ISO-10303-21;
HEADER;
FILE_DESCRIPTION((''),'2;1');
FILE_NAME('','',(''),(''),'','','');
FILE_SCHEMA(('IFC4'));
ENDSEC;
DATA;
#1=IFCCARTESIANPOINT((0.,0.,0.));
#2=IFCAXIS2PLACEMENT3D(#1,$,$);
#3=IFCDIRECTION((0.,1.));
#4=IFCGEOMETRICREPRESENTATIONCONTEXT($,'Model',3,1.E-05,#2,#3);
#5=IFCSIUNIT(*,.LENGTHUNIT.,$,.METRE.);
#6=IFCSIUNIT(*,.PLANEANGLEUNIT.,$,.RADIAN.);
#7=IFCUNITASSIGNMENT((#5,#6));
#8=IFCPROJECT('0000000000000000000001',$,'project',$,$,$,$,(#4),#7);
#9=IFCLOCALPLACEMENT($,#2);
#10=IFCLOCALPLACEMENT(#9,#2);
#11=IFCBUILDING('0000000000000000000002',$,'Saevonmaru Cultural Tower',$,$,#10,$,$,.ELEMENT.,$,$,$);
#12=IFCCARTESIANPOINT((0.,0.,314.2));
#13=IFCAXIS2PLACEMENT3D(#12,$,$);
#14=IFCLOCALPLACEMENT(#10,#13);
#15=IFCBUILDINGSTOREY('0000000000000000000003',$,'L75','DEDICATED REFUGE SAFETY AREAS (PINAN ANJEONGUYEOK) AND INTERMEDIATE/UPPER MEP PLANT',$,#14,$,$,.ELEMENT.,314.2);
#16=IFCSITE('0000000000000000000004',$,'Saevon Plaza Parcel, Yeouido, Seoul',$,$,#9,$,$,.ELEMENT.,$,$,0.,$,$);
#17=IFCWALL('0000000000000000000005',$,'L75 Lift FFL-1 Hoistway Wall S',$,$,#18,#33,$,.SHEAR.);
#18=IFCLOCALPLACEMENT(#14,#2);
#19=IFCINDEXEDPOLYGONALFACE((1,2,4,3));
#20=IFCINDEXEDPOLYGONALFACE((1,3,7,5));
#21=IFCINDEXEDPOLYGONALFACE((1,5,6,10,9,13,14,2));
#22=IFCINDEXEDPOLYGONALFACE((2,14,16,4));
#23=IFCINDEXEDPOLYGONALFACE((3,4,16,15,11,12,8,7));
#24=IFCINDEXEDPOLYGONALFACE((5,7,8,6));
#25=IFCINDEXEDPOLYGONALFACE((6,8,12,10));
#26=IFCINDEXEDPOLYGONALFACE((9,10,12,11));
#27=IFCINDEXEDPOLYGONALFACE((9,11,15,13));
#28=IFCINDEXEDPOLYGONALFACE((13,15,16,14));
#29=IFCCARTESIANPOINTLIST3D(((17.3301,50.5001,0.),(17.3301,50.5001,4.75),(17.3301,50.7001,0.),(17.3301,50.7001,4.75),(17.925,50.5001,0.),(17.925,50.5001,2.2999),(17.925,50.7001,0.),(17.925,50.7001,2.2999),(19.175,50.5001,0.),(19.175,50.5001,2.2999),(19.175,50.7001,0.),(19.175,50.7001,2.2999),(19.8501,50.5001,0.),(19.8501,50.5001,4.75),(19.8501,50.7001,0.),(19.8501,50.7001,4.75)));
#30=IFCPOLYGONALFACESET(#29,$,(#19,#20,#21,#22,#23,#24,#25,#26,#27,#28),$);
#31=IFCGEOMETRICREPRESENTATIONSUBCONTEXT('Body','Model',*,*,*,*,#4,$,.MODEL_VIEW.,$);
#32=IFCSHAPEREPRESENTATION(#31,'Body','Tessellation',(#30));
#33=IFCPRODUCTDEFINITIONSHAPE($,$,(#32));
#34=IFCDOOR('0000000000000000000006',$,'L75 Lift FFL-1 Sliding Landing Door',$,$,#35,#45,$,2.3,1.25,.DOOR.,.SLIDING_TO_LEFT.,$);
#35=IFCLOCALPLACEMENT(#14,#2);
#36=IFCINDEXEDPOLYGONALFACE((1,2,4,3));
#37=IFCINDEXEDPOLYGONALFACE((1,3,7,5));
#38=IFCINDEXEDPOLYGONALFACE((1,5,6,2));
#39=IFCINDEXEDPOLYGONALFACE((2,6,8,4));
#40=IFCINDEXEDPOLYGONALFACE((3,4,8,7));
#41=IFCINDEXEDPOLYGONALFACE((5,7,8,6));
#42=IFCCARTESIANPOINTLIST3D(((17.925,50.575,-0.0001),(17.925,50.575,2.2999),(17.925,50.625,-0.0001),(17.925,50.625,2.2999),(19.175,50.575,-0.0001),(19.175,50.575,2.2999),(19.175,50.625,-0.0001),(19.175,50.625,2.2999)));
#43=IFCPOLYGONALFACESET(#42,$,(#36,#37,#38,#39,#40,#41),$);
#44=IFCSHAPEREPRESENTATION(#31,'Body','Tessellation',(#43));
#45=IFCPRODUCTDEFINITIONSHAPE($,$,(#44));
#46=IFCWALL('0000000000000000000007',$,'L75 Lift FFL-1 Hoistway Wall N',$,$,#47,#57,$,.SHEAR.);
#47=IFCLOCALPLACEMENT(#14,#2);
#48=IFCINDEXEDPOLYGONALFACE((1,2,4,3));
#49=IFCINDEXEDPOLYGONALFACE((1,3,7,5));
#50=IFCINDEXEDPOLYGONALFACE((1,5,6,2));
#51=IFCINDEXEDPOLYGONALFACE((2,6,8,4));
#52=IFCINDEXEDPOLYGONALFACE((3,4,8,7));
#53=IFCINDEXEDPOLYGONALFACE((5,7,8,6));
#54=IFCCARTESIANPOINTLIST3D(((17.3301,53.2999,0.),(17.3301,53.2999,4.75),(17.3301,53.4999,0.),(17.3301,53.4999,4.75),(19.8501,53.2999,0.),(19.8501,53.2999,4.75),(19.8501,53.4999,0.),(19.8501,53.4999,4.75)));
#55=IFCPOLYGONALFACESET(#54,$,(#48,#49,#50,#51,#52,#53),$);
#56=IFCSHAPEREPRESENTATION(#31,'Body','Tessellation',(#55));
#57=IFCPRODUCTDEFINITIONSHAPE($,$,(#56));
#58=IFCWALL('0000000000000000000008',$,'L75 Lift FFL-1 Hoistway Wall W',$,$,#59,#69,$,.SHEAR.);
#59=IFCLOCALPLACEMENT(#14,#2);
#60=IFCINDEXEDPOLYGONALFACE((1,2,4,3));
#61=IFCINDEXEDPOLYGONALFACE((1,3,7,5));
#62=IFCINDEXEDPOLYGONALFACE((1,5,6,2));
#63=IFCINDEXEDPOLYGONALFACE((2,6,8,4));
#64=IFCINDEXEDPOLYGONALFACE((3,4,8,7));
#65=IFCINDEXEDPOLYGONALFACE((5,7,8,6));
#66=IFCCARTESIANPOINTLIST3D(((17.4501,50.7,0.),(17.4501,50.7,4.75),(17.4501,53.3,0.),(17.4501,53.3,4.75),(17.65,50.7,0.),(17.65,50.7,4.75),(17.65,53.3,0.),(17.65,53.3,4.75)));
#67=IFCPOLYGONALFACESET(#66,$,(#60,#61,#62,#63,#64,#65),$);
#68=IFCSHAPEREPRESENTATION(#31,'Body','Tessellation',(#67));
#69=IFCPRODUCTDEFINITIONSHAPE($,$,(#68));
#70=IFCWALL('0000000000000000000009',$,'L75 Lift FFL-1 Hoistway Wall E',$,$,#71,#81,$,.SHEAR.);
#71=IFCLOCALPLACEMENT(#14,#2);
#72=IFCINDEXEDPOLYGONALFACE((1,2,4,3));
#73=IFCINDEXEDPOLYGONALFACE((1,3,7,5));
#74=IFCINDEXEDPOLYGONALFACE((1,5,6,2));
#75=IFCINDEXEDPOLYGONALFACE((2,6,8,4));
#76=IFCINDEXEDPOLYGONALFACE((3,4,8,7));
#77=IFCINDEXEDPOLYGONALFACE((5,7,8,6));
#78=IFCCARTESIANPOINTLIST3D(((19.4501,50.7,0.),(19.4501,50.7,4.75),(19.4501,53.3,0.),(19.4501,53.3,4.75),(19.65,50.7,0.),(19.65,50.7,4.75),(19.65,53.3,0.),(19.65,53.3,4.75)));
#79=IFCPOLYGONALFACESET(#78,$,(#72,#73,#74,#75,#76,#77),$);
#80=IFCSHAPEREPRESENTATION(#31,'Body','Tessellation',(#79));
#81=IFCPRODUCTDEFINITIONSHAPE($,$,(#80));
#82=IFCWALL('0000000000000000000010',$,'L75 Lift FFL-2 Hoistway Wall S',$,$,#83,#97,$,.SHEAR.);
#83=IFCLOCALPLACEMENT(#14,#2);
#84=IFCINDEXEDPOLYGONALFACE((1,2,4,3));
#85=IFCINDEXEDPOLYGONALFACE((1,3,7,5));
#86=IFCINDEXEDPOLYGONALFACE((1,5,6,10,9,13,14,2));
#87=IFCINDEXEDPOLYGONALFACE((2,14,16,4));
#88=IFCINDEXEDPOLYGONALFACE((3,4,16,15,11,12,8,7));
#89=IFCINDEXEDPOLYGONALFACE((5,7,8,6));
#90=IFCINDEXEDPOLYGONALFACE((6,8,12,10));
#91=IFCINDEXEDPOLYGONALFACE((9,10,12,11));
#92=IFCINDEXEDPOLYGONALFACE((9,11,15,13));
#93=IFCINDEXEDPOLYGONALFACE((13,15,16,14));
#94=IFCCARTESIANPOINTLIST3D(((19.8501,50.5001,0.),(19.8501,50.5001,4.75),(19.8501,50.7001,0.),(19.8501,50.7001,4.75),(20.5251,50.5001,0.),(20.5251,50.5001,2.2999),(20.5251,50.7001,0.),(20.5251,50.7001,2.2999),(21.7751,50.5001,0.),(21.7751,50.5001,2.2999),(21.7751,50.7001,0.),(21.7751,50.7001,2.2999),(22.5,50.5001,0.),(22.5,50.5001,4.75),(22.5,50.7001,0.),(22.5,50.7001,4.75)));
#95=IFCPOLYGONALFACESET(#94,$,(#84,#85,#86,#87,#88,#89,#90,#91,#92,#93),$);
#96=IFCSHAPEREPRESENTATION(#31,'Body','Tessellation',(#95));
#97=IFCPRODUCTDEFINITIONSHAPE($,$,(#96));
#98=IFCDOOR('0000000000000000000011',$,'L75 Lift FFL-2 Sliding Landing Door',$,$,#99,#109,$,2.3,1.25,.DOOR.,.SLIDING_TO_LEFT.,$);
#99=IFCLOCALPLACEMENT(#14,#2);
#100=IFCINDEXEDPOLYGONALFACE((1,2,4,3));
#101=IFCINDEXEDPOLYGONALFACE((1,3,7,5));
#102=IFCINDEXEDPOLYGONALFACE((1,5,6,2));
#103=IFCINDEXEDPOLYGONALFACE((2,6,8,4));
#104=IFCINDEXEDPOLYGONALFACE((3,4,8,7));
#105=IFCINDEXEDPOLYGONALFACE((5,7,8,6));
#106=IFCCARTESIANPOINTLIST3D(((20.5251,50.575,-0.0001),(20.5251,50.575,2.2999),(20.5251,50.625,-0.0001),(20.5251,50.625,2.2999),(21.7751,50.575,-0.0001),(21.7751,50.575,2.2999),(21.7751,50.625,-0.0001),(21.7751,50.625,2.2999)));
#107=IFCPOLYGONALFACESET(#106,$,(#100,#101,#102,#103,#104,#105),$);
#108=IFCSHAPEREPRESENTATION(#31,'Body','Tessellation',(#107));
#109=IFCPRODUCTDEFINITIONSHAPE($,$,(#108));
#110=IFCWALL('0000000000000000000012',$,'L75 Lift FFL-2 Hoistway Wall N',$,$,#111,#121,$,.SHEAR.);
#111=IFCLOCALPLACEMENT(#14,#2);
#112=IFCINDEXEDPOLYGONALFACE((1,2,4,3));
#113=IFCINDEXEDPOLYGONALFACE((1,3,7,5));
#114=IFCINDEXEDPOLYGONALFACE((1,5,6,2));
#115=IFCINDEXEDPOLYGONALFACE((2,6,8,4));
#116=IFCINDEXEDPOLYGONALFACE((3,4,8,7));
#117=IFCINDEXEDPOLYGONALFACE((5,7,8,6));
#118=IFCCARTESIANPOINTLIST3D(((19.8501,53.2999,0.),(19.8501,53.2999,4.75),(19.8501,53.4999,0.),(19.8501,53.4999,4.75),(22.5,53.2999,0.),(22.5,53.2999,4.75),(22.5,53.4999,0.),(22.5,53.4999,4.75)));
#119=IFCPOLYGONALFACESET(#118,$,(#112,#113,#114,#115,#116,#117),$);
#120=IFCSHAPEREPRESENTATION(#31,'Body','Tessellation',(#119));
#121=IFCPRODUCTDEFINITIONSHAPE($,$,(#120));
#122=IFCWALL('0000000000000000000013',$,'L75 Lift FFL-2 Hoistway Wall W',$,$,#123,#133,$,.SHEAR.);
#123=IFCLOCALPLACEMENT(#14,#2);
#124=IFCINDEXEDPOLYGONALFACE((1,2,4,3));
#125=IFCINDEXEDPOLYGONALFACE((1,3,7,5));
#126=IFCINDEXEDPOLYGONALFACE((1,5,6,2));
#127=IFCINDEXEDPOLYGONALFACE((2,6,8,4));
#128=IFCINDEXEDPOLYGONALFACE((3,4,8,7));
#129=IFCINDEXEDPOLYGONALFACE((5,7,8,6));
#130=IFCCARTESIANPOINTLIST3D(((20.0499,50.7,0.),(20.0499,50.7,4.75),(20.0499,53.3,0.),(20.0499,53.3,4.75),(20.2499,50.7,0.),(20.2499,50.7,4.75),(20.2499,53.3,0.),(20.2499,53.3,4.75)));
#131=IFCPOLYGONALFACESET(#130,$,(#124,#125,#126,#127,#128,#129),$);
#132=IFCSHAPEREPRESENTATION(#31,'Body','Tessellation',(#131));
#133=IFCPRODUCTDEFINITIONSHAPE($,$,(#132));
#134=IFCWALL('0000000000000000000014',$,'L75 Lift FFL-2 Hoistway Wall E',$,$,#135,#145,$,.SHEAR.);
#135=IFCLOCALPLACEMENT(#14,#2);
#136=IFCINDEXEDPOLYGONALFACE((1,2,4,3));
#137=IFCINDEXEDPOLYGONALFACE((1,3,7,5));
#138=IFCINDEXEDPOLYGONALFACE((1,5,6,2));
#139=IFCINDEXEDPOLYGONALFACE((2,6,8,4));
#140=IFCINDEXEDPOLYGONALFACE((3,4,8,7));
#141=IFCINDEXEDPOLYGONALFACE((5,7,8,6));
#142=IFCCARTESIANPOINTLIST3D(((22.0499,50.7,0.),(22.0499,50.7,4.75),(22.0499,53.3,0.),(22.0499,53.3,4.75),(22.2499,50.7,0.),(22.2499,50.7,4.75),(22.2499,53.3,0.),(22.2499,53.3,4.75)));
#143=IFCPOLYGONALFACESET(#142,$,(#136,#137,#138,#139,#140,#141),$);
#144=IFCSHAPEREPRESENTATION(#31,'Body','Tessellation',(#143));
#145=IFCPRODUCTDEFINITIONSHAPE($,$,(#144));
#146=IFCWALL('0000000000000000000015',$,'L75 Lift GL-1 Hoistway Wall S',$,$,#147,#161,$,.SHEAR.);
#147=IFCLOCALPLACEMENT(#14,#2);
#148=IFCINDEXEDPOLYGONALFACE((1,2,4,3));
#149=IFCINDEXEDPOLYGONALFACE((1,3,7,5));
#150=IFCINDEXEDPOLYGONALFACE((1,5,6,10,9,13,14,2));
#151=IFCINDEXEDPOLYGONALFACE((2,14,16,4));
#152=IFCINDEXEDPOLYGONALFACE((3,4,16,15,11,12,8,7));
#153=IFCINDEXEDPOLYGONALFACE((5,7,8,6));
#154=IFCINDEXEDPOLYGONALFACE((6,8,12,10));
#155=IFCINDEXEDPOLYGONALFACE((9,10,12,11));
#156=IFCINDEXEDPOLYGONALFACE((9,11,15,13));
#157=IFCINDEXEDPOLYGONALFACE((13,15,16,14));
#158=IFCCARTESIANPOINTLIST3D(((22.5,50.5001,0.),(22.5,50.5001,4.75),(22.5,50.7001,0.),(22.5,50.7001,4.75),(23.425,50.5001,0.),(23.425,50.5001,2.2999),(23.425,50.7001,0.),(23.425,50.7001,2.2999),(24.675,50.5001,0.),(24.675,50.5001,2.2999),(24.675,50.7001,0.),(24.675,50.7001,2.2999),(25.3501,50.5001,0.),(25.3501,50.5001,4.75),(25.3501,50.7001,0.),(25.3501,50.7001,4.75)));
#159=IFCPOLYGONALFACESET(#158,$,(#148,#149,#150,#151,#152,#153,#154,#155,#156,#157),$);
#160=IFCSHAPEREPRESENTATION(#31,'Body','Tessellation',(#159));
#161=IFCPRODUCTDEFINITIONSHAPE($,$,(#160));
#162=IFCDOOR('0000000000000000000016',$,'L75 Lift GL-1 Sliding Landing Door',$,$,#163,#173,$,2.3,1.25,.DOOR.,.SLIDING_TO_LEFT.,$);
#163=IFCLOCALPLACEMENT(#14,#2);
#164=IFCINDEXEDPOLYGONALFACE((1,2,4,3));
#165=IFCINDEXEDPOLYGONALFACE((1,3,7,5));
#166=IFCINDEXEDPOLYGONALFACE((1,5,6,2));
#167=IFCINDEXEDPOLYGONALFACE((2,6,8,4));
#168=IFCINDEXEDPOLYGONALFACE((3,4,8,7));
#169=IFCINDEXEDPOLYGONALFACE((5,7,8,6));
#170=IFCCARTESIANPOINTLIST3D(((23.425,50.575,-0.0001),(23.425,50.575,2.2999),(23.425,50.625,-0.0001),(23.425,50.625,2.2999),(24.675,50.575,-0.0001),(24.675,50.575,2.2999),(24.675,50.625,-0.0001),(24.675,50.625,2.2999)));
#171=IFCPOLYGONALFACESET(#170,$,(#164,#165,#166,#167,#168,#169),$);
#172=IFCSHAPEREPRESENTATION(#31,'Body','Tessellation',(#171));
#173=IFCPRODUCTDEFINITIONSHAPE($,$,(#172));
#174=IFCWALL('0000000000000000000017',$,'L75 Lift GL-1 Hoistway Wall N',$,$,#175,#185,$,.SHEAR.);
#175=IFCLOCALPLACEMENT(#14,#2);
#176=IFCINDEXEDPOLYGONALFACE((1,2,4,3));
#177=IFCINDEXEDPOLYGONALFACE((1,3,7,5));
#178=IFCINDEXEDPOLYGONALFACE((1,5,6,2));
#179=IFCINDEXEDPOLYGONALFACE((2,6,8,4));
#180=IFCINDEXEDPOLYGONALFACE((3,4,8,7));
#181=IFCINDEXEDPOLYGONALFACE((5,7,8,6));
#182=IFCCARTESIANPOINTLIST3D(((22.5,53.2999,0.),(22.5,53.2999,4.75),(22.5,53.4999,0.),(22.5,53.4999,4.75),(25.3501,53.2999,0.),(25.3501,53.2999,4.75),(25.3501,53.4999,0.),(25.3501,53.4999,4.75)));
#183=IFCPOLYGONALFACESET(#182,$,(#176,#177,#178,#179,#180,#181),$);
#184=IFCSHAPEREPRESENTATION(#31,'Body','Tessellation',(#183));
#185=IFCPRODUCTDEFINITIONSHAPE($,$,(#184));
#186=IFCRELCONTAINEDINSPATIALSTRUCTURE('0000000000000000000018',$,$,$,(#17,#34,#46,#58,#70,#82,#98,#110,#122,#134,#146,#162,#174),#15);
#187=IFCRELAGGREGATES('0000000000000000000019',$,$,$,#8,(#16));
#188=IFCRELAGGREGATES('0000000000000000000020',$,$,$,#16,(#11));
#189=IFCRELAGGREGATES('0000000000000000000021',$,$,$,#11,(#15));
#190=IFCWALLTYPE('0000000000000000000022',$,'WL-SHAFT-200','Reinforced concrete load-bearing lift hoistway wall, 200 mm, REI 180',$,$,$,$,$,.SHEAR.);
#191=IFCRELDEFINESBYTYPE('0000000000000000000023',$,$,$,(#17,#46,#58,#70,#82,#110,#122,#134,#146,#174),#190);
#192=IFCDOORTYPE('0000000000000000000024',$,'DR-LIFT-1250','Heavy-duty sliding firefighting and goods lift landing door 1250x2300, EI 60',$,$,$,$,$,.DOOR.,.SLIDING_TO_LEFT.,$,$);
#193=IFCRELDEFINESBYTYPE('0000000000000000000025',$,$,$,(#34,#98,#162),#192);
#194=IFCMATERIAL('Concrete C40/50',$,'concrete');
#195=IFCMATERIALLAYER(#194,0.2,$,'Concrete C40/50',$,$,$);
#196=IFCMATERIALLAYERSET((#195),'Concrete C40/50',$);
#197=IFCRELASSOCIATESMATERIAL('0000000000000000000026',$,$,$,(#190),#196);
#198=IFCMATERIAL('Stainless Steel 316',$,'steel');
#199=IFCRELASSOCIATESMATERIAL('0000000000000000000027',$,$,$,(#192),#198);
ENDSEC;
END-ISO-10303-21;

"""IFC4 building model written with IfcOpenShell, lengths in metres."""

from ifc_helpers import new_model, si_unit, direction, frame, frame_2d, origin, place, context, subcontext, project, spatial, rectangle, extrude, material, layer, layer_set, type_object, element, fill, save


model = new_model("IFC4")

# Units and contexts
model_context = context("Model", 3, precision=1e-05, world=origin(), true_north=direction((0.0, 1.0)))
body_context = subcontext(model_context, "Body", "Model", "MODEL_VIEW")
ifc_project = project(units=[si_unit("LENGTHUNIT", "METRE"), si_unit("PLANEANGLEUNIT", "RADIAN")], contexts=[model_context])

# Site, building, storey
site_placement = place(None, origin())
site = spatial("IfcSite", under=ifc_project, at=site_placement, Name="Saevon Plaza Parcel, Yeouido, Seoul", CompositionType="ELEMENT", RefElevation=0.0)
building_placement = place(site_placement, origin())
building = spatial("IfcBuilding", under=site, at=building_placement, Name="Saevonmaru Cultural Tower", CompositionType="ELEMENT")
storey_placement = place(building_placement, frame((0.0, 0.0, 314.2)))
storey = spatial("IfcBuildingStorey", under=building, at=storey_placement, Name="L75", Description="DEDICATED REFUGE SAFETY AREAS (PINAN ANJEONGUYEOK) AND INTERMEDIATE/UPPER MEP PLANT", CompositionType="ELEMENT", Elevation=314.2)

# Wall, opening, door
ifc_material_1 = material(Name="Concrete C40/50", Category="concrete")
ifc_layer_1 = layer(ifc_material_1, 0.2, Name="Concrete C40/50")
ifc_layer_set_1 = layer_set([ifc_layer_1], Name="Concrete C40/50")
wall_type_1 = type_object("IfcWallType", Name="WL-SHAFT-200", Description="Reinforced concrete load-bearing lift hoistway wall, 200 mm, REI 180", PredefinedType="SHEAR", material=ifc_layer_set_1)
wall_1_placement = place(storey_placement, frame((17.3301, 50.6001, 0.0), z_axis=(0.0, 0.0, 1.0), x_axis=(1.0, 0.0, 0.0)))
wall_1 = element("IfcWall", 1, at=wall_1_placement, inside=storey, type_object=wall_type_1, Name="L75 Lift FFL-1 Hoistway Wall S", PredefinedType="SHEAR", context=body_context, shape_type="SweptSolid", body=[
    extrude(rectangle(XDim=2.52, YDim=0.2, at=frame_2d((1.26, 0.0))), origin(), (0.0, 0.0, 1.0), 4.75),
])
opening_1_placement = place(wall_1_placement, frame((0.595, 0.0, 0.0)))
opening_1 = element("IfcOpeningElement", 2, at=opening_1_placement, cuts=wall_1, PredefinedType="OPENING", context=body_context, shape_type="SweptSolid", body=[
    extrude(rectangle(XDim=1.25, YDim=2.3, at=frame_2d((0.625, 1.1499))), frame((0.0, 0.1099, 0.0), z_axis=(0.0, -1.0, 0.0), x_axis=(1.0, 0.0, 0.0)), (0.0, 0.0, 1.0), 0.22),
])
ifc_material_2 = material(Name="Stainless Steel 316", Category="steel")
door_type_1 = type_object("IfcDoorType", Name="DR-LIFT-1250", Description="Heavy-duty sliding firefighting and goods lift landing door 1250x2300, EI 60", OperationType="SLIDING_TO_LEFT", PredefinedType="DOOR", material=ifc_material_2)
door_1_placement = place(opening_1_placement, origin())
door_1 = element("IfcDoor", 3, at=door_1_placement, inside=storey, type_object=door_type_1, Name="L75 Lift FFL-1 Sliding Landing Door", OperationType="SLIDING_TO_LEFT", OverallHeight=2.3, OverallWidth=1.25, PredefinedType="DOOR", context=body_context, shape_type="SweptSolid", body=[
    extrude(rectangle(XDim=1.25, YDim=2.3, at=frame_2d((0.625, 1.1499))), frame((0.0, 0.0249, 0.0), z_axis=(0.0, -1.0, 0.0), x_axis=(1.0, 0.0, 0.0)), (0.0, 0.0, 1.0), 0.05),
])
fill(opening_1, door_1)

# Walls
wall_2_placement = place(storey_placement, frame((17.3301, 53.3999, 0.0), z_axis=(0.0, 0.0, 1.0), x_axis=(1.0, 0.0, 0.0)))
element("IfcWall", 4, at=wall_2_placement, inside=storey, type_object=wall_type_1, Name="L75 Lift FFL-1 Hoistway Wall N", PredefinedType="SHEAR", context=body_context, shape_type="SweptSolid", body=[
    extrude(rectangle(XDim=2.52, YDim=0.2, at=frame_2d((1.26, 0.0))), origin(), (0.0, 0.0, 1.0), 4.75),
])
for number, where, z_axis, x_axis, name in (
    (5, (17.55, 50.7, 0.0), (0.0, 0.0, 1.0), (0.0, 1.0, 0.0), "L75 Lift FFL-1 Hoistway Wall W"),
    (6, (19.55, 50.7, 0.0), (0.0, 0.0, 1.0), (0.0, 1.0, 0.0), "L75 Lift FFL-1 Hoistway Wall E"),
):
    element("IfcWall", number, at=place(storey_placement, frame(where, z_axis=z_axis, x_axis=x_axis)), inside=storey, type_object=wall_type_1, Name=name, PredefinedType="SHEAR", context=body_context, shape_type="SweptSolid", body=[
        extrude(rectangle(XDim=2.6001, YDim=0.2, at=frame_2d((1.3, 0.0))), origin(), (0.0, 0.0, 1.0), 4.75),
    ])

# Wall, opening, door
wall_3_placement = place(storey_placement, frame((19.8501, 50.6001, 0.0), z_axis=(0.0, 0.0, 1.0), x_axis=(1.0, 0.0, 0.0)))
wall_3 = element("IfcWall", 7, at=wall_3_placement, inside=storey, type_object=wall_type_1, Name="L75 Lift FFL-2 Hoistway Wall S", PredefinedType="SHEAR", context=body_context, shape_type="SweptSolid", body=[
    extrude(rectangle(XDim=2.6499, YDim=0.2, at=frame_2d((1.325, 0.0))), origin(), (0.0, 0.0, 1.0), 4.75),
])
opening_2_placement = place(wall_3_placement, frame((0.675, 0.0, 0.0)))
opening_2 = element("IfcOpeningElement", 8, at=opening_2_placement, cuts=wall_3, PredefinedType="OPENING", context=body_context, shape_type="SweptSolid", body=[
    extrude(rectangle(XDim=1.25, YDim=2.3, at=frame_2d((0.625, 1.1499))), frame((0.0, 0.1099, 0.0), z_axis=(0.0, -1.0, 0.0), x_axis=(1.0, 0.0, 0.0)), (0.0, 0.0, 1.0), 0.22),
])
door_2_placement = place(opening_2_placement, origin())
door_2 = element("IfcDoor", 9, at=door_2_placement, inside=storey, type_object=door_type_1, Name="L75 Lift FFL-2 Sliding Landing Door", OperationType="SLIDING_TO_LEFT", OverallHeight=2.3, OverallWidth=1.25, PredefinedType="DOOR", context=body_context, shape_type="SweptSolid", body=[
    extrude(rectangle(XDim=1.25, YDim=2.3, at=frame_2d((0.625, 1.1499))), frame((0.0, 0.0249, 0.0), z_axis=(0.0, -1.0, 0.0), x_axis=(1.0, 0.0, 0.0)), (0.0, 0.0, 1.0), 0.05),
])
fill(opening_2, door_2)

# Walls
wall_4_placement = place(storey_placement, frame((19.8501, 53.3999, 0.0), z_axis=(0.0, 0.0, 1.0), x_axis=(1.0, 0.0, 0.0)))
element("IfcWall", 10, at=wall_4_placement, inside=storey, type_object=wall_type_1, Name="L75 Lift FFL-2 Hoistway Wall N", PredefinedType="SHEAR", context=body_context, shape_type="SweptSolid", body=[
    extrude(rectangle(XDim=2.6499, YDim=0.2, at=frame_2d((1.325, 0.0))), origin(), (0.0, 0.0, 1.0), 4.75),
])
for number, where, z_axis, x_axis, name in (
    (11, (20.1499, 50.7, 0.0), (0.0, 0.0, 1.0), (0.0, 1.0, 0.0), "L75 Lift FFL-2 Hoistway Wall W"),
    (12, (22.1499, 50.7, 0.0), (0.0, 0.0, 1.0), (0.0, 1.0, 0.0), "L75 Lift FFL-2 Hoistway Wall E"),
):
    element("IfcWall", number, at=place(storey_placement, frame(where, z_axis=z_axis, x_axis=x_axis)), inside=storey, type_object=wall_type_1, Name=name, PredefinedType="SHEAR", context=body_context, shape_type="SweptSolid", body=[
        extrude(rectangle(XDim=2.6001, YDim=0.2, at=frame_2d((1.3, 0.0))), origin(), (0.0, 0.0, 1.0), 4.75),
    ])

# Wall, opening, door
wall_5_placement = place(storey_placement, frame((22.5, 50.6001, 0.0), z_axis=(0.0, 0.0, 1.0), x_axis=(1.0, 0.0, 0.0)))
wall_5 = element("IfcWall", 13, at=wall_5_placement, inside=storey, type_object=wall_type_1, Name="L75 Lift GL-1 Hoistway Wall S", PredefinedType="SHEAR", context=body_context, shape_type="SweptSolid", body=[
    extrude(rectangle(XDim=2.8501, YDim=0.2, at=frame_2d((1.425, 0.0))), origin(), (0.0, 0.0, 1.0), 4.75),
])
opening_3_placement = place(wall_5_placement, frame((0.925, 0.0, 0.0)))
opening_3 = element("IfcOpeningElement", 14, at=opening_3_placement, cuts=wall_5, PredefinedType="OPENING", context=body_context, shape_type="SweptSolid", body=[
    extrude(rectangle(XDim=1.25, YDim=2.3, at=frame_2d((0.625, 1.1499))), frame((0.0, 0.1099, 0.0), z_axis=(0.0, -1.0, 0.0), x_axis=(1.0, 0.0, 0.0)), (0.0, 0.0, 1.0), 0.22),
])
door_3_placement = place(opening_3_placement, origin())
door_3 = element("IfcDoor", 15, at=door_3_placement, inside=storey, type_object=door_type_1, Name="L75 Lift GL-1 Sliding Landing Door", OperationType="SLIDING_TO_LEFT", OverallHeight=2.3, OverallWidth=1.25, PredefinedType="DOOR", context=body_context, shape_type="SweptSolid", body=[
    extrude(rectangle(XDim=1.25, YDim=2.3, at=frame_2d((0.625, 1.1499))), frame((0.0, 0.0249, 0.0), z_axis=(0.0, -1.0, 0.0), x_axis=(1.0, 0.0, 0.0)), (0.0, 0.0, 1.0), 0.05),
])
fill(opening_3, door_3)

# Wall
wall_6_placement = place(storey_placement, frame((22.5, 53.3999, 0.0), z_axis=(0.0, 0.0, 1.0), x_axis=(1.0, 0.0, 0.0)))
element("IfcWall", 16, at=wall_6_placement, inside=storey, type_object=wall_type_1, Name="L75 Lift GL-1 Hoistway Wall N", PredefinedType="SHEAR", context=body_context, shape_type="SweptSolid", body=[
    extrude(rectangle(XDim=2.8501, YDim=0.2, at=frame_2d((1.425, 0.0))), origin(), (0.0, 0.0, 1.0), 4.75),
])

save(model, "model.ifc")
